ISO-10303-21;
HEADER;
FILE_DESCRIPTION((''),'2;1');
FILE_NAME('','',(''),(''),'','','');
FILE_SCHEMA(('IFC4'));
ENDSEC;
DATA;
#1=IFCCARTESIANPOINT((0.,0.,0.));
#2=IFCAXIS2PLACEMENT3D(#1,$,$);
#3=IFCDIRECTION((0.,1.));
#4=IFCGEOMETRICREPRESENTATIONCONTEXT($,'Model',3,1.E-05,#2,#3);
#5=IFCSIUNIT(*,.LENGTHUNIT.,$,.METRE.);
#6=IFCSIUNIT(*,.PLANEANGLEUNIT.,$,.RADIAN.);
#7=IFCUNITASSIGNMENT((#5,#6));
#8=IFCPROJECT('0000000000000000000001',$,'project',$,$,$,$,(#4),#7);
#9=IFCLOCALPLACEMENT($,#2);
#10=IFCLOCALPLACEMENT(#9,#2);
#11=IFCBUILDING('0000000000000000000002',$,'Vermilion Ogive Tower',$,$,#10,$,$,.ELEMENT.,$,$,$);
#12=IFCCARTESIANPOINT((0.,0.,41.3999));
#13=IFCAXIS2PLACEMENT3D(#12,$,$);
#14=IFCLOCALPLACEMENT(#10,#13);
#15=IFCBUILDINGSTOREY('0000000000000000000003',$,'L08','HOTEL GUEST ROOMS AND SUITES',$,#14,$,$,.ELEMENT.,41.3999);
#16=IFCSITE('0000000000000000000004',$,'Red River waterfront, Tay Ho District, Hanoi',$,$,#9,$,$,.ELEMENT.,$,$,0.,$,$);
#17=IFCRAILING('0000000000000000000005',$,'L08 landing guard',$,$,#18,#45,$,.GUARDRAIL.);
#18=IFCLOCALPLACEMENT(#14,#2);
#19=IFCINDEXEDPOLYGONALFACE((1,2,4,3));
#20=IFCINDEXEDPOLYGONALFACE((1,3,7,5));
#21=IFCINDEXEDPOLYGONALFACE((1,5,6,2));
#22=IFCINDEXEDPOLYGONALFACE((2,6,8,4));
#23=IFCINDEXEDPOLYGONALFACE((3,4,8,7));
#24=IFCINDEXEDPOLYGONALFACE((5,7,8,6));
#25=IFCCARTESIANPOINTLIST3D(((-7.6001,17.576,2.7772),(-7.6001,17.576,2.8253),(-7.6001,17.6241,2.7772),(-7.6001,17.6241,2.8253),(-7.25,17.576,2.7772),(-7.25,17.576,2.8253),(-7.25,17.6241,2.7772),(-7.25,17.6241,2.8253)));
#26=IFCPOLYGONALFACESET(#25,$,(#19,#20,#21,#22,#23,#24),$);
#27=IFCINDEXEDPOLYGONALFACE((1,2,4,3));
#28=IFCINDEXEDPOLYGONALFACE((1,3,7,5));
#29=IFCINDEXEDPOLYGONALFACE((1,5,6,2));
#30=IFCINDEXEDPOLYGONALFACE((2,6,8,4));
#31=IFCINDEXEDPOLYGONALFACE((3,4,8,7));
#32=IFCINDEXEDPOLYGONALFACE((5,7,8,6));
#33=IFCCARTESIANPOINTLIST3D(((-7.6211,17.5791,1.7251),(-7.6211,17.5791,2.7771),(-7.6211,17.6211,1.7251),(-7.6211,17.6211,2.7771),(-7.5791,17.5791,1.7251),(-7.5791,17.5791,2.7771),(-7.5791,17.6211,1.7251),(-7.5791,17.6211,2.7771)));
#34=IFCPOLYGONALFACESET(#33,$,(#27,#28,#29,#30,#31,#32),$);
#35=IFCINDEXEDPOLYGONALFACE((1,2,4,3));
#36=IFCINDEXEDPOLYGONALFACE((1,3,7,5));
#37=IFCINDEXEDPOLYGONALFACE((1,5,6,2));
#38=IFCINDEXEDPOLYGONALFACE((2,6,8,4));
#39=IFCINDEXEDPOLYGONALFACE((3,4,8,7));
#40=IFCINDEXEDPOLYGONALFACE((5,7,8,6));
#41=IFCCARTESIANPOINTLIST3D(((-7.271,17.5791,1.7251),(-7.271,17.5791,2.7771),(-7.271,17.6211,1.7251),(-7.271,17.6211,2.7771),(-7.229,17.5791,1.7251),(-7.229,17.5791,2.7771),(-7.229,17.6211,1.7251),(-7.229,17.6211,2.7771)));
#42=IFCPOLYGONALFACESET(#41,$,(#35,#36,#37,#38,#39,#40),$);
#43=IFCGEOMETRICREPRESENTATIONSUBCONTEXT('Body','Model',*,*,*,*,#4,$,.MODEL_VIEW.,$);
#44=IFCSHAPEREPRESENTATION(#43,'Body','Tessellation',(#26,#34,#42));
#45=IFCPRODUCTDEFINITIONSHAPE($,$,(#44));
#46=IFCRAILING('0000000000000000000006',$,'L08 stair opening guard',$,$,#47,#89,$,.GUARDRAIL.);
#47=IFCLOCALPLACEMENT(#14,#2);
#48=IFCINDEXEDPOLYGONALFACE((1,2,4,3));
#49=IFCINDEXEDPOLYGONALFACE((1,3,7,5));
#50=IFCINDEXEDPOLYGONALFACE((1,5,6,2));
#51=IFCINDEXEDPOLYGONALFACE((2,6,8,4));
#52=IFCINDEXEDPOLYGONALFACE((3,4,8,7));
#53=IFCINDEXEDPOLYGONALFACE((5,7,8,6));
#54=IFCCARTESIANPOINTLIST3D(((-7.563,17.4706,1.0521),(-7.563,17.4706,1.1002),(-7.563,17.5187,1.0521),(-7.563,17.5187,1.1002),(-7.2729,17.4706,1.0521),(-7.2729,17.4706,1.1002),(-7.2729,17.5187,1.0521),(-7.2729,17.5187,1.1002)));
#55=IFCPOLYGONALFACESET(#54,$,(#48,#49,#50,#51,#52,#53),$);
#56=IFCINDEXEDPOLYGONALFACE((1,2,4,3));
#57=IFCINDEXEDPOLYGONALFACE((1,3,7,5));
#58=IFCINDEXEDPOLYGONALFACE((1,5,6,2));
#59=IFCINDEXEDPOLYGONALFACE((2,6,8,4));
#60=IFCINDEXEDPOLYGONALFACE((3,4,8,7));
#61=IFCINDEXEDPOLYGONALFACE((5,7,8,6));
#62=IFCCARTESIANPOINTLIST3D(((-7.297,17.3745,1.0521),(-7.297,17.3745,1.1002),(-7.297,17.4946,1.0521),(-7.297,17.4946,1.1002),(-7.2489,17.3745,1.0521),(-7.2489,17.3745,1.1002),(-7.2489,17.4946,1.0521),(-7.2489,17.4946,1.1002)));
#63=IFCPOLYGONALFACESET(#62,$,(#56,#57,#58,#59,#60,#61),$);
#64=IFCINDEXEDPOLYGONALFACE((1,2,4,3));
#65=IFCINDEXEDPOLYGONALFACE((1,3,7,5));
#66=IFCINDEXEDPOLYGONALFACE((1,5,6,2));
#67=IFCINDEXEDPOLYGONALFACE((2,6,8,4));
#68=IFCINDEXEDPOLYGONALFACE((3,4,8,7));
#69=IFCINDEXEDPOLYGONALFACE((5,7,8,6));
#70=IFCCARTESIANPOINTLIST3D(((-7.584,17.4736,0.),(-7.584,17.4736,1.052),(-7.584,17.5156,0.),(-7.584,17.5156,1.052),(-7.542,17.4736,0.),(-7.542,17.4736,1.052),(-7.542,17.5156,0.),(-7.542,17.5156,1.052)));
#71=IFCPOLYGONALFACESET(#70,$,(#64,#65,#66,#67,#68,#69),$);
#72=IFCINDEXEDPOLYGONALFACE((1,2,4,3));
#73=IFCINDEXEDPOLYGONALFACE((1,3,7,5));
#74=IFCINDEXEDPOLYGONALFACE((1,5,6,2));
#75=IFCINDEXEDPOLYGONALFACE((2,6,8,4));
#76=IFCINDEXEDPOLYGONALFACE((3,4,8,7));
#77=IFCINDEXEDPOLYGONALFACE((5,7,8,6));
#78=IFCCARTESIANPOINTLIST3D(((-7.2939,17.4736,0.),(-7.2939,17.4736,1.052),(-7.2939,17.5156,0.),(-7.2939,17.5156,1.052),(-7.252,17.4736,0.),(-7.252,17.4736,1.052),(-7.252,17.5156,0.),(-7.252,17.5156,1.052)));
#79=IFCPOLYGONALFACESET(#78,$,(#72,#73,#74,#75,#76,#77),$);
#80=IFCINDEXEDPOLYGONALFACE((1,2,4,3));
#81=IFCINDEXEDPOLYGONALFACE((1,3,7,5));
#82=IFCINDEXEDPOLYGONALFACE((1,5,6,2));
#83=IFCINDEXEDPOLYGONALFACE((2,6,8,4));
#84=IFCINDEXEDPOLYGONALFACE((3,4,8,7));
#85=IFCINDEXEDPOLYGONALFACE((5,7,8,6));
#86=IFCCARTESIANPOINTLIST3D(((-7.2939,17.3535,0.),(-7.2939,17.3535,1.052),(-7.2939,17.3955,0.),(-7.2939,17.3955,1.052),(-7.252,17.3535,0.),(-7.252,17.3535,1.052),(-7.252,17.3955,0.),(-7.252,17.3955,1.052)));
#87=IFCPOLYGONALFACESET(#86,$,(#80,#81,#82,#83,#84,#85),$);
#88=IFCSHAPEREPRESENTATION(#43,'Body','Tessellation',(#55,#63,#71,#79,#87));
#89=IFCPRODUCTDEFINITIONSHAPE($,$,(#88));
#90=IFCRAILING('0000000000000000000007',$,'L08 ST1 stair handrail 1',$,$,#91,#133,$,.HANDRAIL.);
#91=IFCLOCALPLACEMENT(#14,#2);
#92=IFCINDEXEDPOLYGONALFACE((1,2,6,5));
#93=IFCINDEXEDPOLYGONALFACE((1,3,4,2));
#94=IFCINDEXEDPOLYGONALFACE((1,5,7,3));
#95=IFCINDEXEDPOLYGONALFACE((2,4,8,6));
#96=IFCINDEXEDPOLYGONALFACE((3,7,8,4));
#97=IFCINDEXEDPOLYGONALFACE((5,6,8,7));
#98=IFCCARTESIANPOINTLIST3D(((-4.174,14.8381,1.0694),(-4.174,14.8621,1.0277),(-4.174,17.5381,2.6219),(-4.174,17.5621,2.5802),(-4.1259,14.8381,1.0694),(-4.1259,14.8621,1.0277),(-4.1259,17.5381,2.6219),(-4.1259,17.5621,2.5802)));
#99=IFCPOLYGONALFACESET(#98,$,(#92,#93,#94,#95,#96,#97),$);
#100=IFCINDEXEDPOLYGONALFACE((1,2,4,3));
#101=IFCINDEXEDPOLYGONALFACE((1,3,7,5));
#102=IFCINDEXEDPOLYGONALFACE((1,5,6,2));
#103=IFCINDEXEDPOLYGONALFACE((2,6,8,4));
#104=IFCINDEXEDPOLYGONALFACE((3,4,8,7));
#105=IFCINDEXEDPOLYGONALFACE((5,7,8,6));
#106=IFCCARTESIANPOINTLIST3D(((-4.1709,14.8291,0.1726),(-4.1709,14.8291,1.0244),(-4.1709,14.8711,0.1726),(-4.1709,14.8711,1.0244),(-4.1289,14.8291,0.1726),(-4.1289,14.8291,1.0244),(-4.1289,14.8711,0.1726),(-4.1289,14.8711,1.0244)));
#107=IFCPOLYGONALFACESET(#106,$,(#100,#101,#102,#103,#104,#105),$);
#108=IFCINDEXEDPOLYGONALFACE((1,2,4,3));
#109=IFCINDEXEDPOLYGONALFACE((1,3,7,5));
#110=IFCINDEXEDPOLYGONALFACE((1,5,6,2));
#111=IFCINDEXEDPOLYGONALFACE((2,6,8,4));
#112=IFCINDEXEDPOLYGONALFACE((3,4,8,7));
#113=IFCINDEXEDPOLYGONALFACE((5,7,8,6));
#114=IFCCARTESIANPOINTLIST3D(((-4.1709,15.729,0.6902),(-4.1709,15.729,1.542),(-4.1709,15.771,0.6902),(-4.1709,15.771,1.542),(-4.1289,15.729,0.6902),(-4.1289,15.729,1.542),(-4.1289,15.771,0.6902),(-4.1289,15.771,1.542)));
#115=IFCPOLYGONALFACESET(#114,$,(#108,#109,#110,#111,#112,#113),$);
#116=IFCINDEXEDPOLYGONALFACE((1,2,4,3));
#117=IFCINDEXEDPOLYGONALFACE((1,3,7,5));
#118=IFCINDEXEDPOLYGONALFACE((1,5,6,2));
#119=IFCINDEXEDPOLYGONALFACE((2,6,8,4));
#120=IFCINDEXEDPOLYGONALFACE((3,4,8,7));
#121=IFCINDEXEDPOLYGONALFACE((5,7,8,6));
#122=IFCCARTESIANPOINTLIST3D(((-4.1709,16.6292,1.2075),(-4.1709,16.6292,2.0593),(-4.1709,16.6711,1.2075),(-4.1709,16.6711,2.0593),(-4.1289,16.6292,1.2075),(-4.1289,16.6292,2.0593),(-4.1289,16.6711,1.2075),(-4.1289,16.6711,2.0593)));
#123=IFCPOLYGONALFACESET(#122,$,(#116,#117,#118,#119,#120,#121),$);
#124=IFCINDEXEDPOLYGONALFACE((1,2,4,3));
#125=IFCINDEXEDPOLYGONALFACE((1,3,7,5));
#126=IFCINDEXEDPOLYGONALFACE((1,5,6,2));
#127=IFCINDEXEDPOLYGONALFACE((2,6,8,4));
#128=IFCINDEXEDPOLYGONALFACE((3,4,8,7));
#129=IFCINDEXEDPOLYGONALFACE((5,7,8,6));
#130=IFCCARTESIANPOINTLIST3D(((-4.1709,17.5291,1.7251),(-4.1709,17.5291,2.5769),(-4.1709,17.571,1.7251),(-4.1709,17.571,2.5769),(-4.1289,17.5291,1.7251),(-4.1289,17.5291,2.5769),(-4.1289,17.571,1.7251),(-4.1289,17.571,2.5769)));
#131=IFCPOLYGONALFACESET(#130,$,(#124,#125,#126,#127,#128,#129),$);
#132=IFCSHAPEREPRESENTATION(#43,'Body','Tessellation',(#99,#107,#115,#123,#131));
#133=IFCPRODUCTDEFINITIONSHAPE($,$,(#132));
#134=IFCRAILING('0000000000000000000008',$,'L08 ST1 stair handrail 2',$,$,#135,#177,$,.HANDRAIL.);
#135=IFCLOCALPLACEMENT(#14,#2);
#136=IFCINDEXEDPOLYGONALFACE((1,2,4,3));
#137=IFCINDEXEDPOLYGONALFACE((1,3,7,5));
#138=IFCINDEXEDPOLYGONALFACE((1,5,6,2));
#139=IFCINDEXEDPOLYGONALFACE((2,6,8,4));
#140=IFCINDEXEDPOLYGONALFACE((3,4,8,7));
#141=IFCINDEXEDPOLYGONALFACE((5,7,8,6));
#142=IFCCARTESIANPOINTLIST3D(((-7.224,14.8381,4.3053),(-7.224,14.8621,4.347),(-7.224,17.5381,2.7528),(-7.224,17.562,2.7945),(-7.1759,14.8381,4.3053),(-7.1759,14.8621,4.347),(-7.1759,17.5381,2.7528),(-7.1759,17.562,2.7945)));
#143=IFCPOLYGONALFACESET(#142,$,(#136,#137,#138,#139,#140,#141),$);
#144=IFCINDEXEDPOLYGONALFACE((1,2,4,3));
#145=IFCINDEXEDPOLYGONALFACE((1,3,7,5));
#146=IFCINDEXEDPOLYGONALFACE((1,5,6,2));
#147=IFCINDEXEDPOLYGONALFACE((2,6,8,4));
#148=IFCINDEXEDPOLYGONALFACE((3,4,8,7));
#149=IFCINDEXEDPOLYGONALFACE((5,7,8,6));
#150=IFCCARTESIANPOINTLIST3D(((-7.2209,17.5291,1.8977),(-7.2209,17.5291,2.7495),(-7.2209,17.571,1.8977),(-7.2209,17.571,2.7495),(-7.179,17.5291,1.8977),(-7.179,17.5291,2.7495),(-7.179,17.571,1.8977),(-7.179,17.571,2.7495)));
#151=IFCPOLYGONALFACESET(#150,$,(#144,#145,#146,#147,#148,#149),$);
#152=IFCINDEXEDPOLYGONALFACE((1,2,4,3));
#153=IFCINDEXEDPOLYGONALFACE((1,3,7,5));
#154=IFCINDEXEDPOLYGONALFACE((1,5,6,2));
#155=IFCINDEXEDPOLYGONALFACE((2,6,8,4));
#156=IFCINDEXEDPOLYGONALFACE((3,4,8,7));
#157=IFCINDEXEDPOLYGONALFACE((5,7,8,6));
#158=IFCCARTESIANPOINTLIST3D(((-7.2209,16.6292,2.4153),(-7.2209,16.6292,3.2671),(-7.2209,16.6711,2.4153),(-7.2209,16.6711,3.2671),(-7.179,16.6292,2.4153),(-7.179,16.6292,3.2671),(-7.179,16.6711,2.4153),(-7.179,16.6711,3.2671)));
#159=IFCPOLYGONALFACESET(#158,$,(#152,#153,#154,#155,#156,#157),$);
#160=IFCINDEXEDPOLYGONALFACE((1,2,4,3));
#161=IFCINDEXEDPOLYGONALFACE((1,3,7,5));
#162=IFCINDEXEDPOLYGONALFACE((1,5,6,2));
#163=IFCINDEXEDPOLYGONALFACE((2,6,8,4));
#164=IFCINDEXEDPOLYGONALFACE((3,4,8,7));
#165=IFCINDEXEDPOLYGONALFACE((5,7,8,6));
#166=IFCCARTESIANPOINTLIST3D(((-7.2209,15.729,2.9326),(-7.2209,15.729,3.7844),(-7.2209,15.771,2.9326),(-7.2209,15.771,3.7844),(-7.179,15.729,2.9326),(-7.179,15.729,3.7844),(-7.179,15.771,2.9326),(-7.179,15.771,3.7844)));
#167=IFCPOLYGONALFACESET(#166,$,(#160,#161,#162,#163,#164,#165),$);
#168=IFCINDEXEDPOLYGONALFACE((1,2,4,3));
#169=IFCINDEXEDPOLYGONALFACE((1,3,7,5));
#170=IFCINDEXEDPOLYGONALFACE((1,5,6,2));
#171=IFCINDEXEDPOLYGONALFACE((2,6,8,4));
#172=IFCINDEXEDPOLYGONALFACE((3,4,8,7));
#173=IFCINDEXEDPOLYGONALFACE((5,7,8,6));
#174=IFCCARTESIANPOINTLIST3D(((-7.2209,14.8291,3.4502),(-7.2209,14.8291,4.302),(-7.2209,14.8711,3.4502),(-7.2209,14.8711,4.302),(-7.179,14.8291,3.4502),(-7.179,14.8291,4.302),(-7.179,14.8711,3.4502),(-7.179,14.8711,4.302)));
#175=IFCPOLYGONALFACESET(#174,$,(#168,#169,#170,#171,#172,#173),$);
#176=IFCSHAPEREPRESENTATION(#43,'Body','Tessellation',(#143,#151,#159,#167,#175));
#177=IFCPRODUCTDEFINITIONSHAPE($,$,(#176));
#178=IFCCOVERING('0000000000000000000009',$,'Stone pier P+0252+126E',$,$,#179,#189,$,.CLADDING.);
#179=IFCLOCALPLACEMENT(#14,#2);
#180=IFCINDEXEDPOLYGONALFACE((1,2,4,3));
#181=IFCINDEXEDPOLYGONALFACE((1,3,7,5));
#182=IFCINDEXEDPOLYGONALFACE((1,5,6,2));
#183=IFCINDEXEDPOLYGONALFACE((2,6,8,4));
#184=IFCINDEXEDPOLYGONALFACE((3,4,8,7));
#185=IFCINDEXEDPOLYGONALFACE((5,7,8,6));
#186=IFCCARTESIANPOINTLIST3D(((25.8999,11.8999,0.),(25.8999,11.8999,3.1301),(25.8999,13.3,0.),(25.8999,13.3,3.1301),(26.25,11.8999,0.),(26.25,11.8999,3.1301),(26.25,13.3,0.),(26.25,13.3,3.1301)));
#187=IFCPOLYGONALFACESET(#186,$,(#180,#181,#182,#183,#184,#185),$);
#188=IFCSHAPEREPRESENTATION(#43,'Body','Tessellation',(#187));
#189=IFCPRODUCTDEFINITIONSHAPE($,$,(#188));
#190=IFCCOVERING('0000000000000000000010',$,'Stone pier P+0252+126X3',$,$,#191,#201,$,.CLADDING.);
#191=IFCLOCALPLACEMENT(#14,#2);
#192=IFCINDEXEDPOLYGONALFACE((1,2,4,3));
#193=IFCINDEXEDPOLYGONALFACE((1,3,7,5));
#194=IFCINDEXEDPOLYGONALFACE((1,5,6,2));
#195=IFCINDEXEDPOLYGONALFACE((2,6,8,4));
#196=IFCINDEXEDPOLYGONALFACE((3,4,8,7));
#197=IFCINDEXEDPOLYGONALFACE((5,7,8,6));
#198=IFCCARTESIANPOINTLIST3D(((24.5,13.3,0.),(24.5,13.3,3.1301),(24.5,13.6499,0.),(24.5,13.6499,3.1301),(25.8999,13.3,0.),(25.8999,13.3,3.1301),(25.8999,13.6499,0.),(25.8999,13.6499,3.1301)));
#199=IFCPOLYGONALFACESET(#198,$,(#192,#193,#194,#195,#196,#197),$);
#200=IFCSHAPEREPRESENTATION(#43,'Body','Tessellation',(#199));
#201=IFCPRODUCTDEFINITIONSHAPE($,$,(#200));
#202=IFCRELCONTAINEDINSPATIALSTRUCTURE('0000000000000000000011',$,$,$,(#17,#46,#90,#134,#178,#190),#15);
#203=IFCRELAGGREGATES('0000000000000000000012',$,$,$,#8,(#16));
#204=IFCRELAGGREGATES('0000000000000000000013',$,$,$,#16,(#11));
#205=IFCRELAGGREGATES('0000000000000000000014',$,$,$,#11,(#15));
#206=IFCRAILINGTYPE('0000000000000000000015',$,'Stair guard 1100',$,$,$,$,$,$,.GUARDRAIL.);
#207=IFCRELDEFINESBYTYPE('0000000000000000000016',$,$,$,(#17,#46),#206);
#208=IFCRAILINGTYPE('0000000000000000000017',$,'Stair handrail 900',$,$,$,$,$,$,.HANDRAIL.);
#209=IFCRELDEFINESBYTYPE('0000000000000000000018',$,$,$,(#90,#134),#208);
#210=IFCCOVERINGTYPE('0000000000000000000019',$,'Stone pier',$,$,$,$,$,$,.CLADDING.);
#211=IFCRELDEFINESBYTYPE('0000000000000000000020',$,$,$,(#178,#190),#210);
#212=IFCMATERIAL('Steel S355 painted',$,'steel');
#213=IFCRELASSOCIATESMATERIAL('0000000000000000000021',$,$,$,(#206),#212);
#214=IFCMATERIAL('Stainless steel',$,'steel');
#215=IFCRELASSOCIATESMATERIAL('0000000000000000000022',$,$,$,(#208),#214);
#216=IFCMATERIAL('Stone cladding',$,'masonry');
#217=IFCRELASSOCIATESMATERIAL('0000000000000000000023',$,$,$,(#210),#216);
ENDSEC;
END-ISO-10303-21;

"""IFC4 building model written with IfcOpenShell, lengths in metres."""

from ifc_helpers import new_model, si_unit, direction, frame, origin, origin_2d, place, context, subcontext, project, spatial, polyline, rectangle, outline, extrude, material, type_object, element, save


model = new_model("IFC4")

# Units and contexts
model_context = context("Model", 3, precision=1e-05, world=origin(), true_north=direction((0.0, 1.0)))
body_context = subcontext(model_context, "Body", "Model", "MODEL_VIEW")
ifc_project = project(units=[si_unit("LENGTHUNIT", "METRE"), si_unit("PLANEANGLEUNIT", "RADIAN")], contexts=[model_context])

# Site, building, storey
site_placement = place(None, origin())
site = spatial("IfcSite", under=ifc_project, at=site_placement, Name="Red River waterfront, Tay Ho District, Hanoi", CompositionType="ELEMENT", RefElevation=0.0)
building_placement = place(site_placement, origin())
building = spatial("IfcBuilding", under=site, at=building_placement, Name="Vermilion Ogive Tower", CompositionType="ELEMENT")
storey_placement = place(building_placement, frame((0.0, 0.0, 41.3999)))
storey = spatial("IfcBuildingStorey", under=building, at=storey_placement, Name="L08", Description="HOTEL GUEST ROOMS AND SUITES", CompositionType="ELEMENT", Elevation=41.3999)

# Railings
ifc_material_1 = material(Name="Steel S355 painted", Category="steel")
railing_type_1 = type_object("IfcRailingType", Name="Stair guard 1100", PredefinedType="GUARDRAIL", material=ifc_material_1)
railing_1_placement = place(storey_placement, frame((-7.6001, 17.6001, 1.7251)))
element("IfcRailing", 1, at=railing_1_placement, inside=storey, type_object=railing_type_1, Name="L08 landing guard", PredefinedType="GUARDRAIL", context=body_context, shape_type="SweptSolid", body=[
    extrude(rectangle(XDim=0.0481, YDim=0.0481, at=origin_2d()), frame((0.0, 0.0, 1.0762), z_axis=(1.0, 0.0, 0.0), x_axis=(0.0, 1.0, 0.0)), (0.0, 0.0, 1.0), 0.3501),
    extrude(rectangle(XDim=0.042, YDim=0.042, at=origin_2d()), origin(), (0.0, 0.0, 1.0), 1.052),
    extrude(rectangle(XDim=0.042, YDim=0.042, at=origin_2d()), frame((0.3501, 0.0, 0.0)), (0.0, 0.0, 1.0), 1.052),
])
railing_2_placement = place(storey_placement, frame((-7.563, 17.4946, 0.0)))
element("IfcRailing", 2, at=railing_2_placement, inside=storey, type_object=railing_type_1, Name="L08 stair opening guard", PredefinedType="GUARDRAIL", context=body_context, shape_type="SweptSolid", body=[
    extrude(rectangle(XDim=0.0481, YDim=0.0481, at=origin_2d()), frame((0.0, 0.0, 1.0762), z_axis=(1.0, 0.0, 0.0), x_axis=(0.0, 1.0, 0.0)), (0.0, 0.0, 1.0), 0.29),
    extrude(rectangle(XDim=0.0481, YDim=0.0481, at=origin_2d()), frame((0.29, 0.0, 1.0762), z_axis=(0.0, -1.0, 0.0), x_axis=(1.0, 0.0, 0.0)), (0.0, 0.0, 1.0), 0.1201),
    extrude(rectangle(XDim=0.042, YDim=0.042, at=origin_2d()), origin(), (0.0, 0.0, 1.0), 1.052),
    extrude(rectangle(XDim=0.042, YDim=0.042, at=origin_2d()), frame((0.29, 0.0, 0.0)), (0.0, 0.0, 1.0), 1.052),
    extrude(rectangle(XDim=0.042, YDim=0.042, at=origin_2d()), frame((0.29, -0.1201, 0.0)), (0.0, 0.0, 1.0), 1.052),
])
ifc_material_2 = material(Name="Stainless steel", Category="steel")
railing_type_2 = type_object("IfcRailingType", Name="Stair handrail 900", PredefinedType="HANDRAIL", material=ifc_material_2)
railing_3_placement = place(storey_placement, frame((-4.1499, 14.8501, 0.1726)))
element("IfcRailing", 3, at=railing_3_placement, inside=storey, type_object=railing_type_2, Name="L08 ST1 stair handrail 1", PredefinedType="HANDRAIL", context=body_context, shape_type="SweptSolid", body=[
    extrude(rectangle(XDim=0.0481, YDim=0.0481, at=origin_2d()), frame((0.0, 0.0, 0.876), z_axis=(0.0, 0.866904, 0.498476), x_axis=(-1.0, 0.0, 0.0)), (0.0, 0.0, 1.0), 3.1145),
    extrude(rectangle(XDim=0.042, YDim=0.042, at=origin_2d()), origin(), (0.0, 0.0, 1.0), 0.8518),
    extrude(rectangle(XDim=0.042, YDim=0.042, at=origin_2d()), frame((0.0, 0.8999, 0.5176)), (0.0, 0.0, 1.0), 0.8518),
    extrude(rectangle(XDim=0.042, YDim=0.042, at=origin_2d()), frame((0.0, 1.8, 1.0349)), (0.0, 0.0, 1.0), 0.8518),
    extrude(rectangle(XDim=0.042, YDim=0.042, at=origin_2d()), frame((0.0, 2.7, 1.5525)), (0.0, 0.0, 1.0), 0.8518),
])
railing_4_placement = place(storey_placement, frame((-7.2, 17.55, 1.8977)))
element("IfcRailing", 4, at=railing_4_placement, inside=storey, type_object=railing_type_2, Name="L08 ST1 stair handrail 2", PredefinedType="HANDRAIL", context=body_context, shape_type="SweptSolid", body=[
    extrude(rectangle(XDim=0.0481, YDim=0.0481, at=origin_2d()), frame((0.0, 0.0, 0.876), z_axis=(0.0, -0.866904, 0.498476), x_axis=(1.0, 0.0, 0.0)), (0.0, 0.0, 1.0), 3.1145),
    extrude(rectangle(XDim=0.042, YDim=0.042, at=origin_2d()), origin(), (0.0, 0.0, 1.0), 0.8518),
    extrude(rectangle(XDim=0.042, YDim=0.042, at=origin_2d()), frame((0.0, -0.8999, 0.5176)), (0.0, 0.0, 1.0), 0.8518),
    extrude(rectangle(XDim=0.042, YDim=0.042, at=origin_2d()), frame((0.0, -1.8, 1.0349)), (0.0, 0.0, 1.0), 0.8518),
    extrude(rectangle(XDim=0.042, YDim=0.042, at=origin_2d()), frame((0.0, -2.7, 1.5525)), (0.0, 0.0, 1.0), 0.8518),
])

# Coverings
ifc_material_3 = material(Name="Stone cladding", Category="masonry")
covering_type = type_object("IfcCoveringType", Name="Stone pier", PredefinedType="CLADDING", material=ifc_material_3)
covering_1_placement = place(storey_placement, origin())
element("IfcCovering", 5, at=covering_1_placement, inside=storey, type_object=covering_type, Name="Stone pier P+0252+126E", PredefinedType="CLADDING", context=body_context, shape_type="SweptSolid", body=[
    extrude(outline(polyline([(26.25, 13.3), (26.25, 11.8999), (25.8999, 11.8999), (25.8999, 13.3), (26.25, 13.3)])), origin(), (0.0, 0.0, 1.0), 3.1301),
])
covering_2_placement = place(storey_placement, origin())
element("IfcCovering", 6, at=covering_2_placement, inside=storey, type_object=covering_type, Name="Stone pier P+0252+126X3", PredefinedType="CLADDING", context=body_context, shape_type="SweptSolid", body=[
    extrude(outline(polyline([(25.8999, 13.6499), (25.8999, 13.3), (24.5, 13.3), (24.5, 13.6499), (25.8999, 13.6499)])), origin(), (0.0, 0.0, 1.0), 3.1301),
])

save(model, "model.ifc")
